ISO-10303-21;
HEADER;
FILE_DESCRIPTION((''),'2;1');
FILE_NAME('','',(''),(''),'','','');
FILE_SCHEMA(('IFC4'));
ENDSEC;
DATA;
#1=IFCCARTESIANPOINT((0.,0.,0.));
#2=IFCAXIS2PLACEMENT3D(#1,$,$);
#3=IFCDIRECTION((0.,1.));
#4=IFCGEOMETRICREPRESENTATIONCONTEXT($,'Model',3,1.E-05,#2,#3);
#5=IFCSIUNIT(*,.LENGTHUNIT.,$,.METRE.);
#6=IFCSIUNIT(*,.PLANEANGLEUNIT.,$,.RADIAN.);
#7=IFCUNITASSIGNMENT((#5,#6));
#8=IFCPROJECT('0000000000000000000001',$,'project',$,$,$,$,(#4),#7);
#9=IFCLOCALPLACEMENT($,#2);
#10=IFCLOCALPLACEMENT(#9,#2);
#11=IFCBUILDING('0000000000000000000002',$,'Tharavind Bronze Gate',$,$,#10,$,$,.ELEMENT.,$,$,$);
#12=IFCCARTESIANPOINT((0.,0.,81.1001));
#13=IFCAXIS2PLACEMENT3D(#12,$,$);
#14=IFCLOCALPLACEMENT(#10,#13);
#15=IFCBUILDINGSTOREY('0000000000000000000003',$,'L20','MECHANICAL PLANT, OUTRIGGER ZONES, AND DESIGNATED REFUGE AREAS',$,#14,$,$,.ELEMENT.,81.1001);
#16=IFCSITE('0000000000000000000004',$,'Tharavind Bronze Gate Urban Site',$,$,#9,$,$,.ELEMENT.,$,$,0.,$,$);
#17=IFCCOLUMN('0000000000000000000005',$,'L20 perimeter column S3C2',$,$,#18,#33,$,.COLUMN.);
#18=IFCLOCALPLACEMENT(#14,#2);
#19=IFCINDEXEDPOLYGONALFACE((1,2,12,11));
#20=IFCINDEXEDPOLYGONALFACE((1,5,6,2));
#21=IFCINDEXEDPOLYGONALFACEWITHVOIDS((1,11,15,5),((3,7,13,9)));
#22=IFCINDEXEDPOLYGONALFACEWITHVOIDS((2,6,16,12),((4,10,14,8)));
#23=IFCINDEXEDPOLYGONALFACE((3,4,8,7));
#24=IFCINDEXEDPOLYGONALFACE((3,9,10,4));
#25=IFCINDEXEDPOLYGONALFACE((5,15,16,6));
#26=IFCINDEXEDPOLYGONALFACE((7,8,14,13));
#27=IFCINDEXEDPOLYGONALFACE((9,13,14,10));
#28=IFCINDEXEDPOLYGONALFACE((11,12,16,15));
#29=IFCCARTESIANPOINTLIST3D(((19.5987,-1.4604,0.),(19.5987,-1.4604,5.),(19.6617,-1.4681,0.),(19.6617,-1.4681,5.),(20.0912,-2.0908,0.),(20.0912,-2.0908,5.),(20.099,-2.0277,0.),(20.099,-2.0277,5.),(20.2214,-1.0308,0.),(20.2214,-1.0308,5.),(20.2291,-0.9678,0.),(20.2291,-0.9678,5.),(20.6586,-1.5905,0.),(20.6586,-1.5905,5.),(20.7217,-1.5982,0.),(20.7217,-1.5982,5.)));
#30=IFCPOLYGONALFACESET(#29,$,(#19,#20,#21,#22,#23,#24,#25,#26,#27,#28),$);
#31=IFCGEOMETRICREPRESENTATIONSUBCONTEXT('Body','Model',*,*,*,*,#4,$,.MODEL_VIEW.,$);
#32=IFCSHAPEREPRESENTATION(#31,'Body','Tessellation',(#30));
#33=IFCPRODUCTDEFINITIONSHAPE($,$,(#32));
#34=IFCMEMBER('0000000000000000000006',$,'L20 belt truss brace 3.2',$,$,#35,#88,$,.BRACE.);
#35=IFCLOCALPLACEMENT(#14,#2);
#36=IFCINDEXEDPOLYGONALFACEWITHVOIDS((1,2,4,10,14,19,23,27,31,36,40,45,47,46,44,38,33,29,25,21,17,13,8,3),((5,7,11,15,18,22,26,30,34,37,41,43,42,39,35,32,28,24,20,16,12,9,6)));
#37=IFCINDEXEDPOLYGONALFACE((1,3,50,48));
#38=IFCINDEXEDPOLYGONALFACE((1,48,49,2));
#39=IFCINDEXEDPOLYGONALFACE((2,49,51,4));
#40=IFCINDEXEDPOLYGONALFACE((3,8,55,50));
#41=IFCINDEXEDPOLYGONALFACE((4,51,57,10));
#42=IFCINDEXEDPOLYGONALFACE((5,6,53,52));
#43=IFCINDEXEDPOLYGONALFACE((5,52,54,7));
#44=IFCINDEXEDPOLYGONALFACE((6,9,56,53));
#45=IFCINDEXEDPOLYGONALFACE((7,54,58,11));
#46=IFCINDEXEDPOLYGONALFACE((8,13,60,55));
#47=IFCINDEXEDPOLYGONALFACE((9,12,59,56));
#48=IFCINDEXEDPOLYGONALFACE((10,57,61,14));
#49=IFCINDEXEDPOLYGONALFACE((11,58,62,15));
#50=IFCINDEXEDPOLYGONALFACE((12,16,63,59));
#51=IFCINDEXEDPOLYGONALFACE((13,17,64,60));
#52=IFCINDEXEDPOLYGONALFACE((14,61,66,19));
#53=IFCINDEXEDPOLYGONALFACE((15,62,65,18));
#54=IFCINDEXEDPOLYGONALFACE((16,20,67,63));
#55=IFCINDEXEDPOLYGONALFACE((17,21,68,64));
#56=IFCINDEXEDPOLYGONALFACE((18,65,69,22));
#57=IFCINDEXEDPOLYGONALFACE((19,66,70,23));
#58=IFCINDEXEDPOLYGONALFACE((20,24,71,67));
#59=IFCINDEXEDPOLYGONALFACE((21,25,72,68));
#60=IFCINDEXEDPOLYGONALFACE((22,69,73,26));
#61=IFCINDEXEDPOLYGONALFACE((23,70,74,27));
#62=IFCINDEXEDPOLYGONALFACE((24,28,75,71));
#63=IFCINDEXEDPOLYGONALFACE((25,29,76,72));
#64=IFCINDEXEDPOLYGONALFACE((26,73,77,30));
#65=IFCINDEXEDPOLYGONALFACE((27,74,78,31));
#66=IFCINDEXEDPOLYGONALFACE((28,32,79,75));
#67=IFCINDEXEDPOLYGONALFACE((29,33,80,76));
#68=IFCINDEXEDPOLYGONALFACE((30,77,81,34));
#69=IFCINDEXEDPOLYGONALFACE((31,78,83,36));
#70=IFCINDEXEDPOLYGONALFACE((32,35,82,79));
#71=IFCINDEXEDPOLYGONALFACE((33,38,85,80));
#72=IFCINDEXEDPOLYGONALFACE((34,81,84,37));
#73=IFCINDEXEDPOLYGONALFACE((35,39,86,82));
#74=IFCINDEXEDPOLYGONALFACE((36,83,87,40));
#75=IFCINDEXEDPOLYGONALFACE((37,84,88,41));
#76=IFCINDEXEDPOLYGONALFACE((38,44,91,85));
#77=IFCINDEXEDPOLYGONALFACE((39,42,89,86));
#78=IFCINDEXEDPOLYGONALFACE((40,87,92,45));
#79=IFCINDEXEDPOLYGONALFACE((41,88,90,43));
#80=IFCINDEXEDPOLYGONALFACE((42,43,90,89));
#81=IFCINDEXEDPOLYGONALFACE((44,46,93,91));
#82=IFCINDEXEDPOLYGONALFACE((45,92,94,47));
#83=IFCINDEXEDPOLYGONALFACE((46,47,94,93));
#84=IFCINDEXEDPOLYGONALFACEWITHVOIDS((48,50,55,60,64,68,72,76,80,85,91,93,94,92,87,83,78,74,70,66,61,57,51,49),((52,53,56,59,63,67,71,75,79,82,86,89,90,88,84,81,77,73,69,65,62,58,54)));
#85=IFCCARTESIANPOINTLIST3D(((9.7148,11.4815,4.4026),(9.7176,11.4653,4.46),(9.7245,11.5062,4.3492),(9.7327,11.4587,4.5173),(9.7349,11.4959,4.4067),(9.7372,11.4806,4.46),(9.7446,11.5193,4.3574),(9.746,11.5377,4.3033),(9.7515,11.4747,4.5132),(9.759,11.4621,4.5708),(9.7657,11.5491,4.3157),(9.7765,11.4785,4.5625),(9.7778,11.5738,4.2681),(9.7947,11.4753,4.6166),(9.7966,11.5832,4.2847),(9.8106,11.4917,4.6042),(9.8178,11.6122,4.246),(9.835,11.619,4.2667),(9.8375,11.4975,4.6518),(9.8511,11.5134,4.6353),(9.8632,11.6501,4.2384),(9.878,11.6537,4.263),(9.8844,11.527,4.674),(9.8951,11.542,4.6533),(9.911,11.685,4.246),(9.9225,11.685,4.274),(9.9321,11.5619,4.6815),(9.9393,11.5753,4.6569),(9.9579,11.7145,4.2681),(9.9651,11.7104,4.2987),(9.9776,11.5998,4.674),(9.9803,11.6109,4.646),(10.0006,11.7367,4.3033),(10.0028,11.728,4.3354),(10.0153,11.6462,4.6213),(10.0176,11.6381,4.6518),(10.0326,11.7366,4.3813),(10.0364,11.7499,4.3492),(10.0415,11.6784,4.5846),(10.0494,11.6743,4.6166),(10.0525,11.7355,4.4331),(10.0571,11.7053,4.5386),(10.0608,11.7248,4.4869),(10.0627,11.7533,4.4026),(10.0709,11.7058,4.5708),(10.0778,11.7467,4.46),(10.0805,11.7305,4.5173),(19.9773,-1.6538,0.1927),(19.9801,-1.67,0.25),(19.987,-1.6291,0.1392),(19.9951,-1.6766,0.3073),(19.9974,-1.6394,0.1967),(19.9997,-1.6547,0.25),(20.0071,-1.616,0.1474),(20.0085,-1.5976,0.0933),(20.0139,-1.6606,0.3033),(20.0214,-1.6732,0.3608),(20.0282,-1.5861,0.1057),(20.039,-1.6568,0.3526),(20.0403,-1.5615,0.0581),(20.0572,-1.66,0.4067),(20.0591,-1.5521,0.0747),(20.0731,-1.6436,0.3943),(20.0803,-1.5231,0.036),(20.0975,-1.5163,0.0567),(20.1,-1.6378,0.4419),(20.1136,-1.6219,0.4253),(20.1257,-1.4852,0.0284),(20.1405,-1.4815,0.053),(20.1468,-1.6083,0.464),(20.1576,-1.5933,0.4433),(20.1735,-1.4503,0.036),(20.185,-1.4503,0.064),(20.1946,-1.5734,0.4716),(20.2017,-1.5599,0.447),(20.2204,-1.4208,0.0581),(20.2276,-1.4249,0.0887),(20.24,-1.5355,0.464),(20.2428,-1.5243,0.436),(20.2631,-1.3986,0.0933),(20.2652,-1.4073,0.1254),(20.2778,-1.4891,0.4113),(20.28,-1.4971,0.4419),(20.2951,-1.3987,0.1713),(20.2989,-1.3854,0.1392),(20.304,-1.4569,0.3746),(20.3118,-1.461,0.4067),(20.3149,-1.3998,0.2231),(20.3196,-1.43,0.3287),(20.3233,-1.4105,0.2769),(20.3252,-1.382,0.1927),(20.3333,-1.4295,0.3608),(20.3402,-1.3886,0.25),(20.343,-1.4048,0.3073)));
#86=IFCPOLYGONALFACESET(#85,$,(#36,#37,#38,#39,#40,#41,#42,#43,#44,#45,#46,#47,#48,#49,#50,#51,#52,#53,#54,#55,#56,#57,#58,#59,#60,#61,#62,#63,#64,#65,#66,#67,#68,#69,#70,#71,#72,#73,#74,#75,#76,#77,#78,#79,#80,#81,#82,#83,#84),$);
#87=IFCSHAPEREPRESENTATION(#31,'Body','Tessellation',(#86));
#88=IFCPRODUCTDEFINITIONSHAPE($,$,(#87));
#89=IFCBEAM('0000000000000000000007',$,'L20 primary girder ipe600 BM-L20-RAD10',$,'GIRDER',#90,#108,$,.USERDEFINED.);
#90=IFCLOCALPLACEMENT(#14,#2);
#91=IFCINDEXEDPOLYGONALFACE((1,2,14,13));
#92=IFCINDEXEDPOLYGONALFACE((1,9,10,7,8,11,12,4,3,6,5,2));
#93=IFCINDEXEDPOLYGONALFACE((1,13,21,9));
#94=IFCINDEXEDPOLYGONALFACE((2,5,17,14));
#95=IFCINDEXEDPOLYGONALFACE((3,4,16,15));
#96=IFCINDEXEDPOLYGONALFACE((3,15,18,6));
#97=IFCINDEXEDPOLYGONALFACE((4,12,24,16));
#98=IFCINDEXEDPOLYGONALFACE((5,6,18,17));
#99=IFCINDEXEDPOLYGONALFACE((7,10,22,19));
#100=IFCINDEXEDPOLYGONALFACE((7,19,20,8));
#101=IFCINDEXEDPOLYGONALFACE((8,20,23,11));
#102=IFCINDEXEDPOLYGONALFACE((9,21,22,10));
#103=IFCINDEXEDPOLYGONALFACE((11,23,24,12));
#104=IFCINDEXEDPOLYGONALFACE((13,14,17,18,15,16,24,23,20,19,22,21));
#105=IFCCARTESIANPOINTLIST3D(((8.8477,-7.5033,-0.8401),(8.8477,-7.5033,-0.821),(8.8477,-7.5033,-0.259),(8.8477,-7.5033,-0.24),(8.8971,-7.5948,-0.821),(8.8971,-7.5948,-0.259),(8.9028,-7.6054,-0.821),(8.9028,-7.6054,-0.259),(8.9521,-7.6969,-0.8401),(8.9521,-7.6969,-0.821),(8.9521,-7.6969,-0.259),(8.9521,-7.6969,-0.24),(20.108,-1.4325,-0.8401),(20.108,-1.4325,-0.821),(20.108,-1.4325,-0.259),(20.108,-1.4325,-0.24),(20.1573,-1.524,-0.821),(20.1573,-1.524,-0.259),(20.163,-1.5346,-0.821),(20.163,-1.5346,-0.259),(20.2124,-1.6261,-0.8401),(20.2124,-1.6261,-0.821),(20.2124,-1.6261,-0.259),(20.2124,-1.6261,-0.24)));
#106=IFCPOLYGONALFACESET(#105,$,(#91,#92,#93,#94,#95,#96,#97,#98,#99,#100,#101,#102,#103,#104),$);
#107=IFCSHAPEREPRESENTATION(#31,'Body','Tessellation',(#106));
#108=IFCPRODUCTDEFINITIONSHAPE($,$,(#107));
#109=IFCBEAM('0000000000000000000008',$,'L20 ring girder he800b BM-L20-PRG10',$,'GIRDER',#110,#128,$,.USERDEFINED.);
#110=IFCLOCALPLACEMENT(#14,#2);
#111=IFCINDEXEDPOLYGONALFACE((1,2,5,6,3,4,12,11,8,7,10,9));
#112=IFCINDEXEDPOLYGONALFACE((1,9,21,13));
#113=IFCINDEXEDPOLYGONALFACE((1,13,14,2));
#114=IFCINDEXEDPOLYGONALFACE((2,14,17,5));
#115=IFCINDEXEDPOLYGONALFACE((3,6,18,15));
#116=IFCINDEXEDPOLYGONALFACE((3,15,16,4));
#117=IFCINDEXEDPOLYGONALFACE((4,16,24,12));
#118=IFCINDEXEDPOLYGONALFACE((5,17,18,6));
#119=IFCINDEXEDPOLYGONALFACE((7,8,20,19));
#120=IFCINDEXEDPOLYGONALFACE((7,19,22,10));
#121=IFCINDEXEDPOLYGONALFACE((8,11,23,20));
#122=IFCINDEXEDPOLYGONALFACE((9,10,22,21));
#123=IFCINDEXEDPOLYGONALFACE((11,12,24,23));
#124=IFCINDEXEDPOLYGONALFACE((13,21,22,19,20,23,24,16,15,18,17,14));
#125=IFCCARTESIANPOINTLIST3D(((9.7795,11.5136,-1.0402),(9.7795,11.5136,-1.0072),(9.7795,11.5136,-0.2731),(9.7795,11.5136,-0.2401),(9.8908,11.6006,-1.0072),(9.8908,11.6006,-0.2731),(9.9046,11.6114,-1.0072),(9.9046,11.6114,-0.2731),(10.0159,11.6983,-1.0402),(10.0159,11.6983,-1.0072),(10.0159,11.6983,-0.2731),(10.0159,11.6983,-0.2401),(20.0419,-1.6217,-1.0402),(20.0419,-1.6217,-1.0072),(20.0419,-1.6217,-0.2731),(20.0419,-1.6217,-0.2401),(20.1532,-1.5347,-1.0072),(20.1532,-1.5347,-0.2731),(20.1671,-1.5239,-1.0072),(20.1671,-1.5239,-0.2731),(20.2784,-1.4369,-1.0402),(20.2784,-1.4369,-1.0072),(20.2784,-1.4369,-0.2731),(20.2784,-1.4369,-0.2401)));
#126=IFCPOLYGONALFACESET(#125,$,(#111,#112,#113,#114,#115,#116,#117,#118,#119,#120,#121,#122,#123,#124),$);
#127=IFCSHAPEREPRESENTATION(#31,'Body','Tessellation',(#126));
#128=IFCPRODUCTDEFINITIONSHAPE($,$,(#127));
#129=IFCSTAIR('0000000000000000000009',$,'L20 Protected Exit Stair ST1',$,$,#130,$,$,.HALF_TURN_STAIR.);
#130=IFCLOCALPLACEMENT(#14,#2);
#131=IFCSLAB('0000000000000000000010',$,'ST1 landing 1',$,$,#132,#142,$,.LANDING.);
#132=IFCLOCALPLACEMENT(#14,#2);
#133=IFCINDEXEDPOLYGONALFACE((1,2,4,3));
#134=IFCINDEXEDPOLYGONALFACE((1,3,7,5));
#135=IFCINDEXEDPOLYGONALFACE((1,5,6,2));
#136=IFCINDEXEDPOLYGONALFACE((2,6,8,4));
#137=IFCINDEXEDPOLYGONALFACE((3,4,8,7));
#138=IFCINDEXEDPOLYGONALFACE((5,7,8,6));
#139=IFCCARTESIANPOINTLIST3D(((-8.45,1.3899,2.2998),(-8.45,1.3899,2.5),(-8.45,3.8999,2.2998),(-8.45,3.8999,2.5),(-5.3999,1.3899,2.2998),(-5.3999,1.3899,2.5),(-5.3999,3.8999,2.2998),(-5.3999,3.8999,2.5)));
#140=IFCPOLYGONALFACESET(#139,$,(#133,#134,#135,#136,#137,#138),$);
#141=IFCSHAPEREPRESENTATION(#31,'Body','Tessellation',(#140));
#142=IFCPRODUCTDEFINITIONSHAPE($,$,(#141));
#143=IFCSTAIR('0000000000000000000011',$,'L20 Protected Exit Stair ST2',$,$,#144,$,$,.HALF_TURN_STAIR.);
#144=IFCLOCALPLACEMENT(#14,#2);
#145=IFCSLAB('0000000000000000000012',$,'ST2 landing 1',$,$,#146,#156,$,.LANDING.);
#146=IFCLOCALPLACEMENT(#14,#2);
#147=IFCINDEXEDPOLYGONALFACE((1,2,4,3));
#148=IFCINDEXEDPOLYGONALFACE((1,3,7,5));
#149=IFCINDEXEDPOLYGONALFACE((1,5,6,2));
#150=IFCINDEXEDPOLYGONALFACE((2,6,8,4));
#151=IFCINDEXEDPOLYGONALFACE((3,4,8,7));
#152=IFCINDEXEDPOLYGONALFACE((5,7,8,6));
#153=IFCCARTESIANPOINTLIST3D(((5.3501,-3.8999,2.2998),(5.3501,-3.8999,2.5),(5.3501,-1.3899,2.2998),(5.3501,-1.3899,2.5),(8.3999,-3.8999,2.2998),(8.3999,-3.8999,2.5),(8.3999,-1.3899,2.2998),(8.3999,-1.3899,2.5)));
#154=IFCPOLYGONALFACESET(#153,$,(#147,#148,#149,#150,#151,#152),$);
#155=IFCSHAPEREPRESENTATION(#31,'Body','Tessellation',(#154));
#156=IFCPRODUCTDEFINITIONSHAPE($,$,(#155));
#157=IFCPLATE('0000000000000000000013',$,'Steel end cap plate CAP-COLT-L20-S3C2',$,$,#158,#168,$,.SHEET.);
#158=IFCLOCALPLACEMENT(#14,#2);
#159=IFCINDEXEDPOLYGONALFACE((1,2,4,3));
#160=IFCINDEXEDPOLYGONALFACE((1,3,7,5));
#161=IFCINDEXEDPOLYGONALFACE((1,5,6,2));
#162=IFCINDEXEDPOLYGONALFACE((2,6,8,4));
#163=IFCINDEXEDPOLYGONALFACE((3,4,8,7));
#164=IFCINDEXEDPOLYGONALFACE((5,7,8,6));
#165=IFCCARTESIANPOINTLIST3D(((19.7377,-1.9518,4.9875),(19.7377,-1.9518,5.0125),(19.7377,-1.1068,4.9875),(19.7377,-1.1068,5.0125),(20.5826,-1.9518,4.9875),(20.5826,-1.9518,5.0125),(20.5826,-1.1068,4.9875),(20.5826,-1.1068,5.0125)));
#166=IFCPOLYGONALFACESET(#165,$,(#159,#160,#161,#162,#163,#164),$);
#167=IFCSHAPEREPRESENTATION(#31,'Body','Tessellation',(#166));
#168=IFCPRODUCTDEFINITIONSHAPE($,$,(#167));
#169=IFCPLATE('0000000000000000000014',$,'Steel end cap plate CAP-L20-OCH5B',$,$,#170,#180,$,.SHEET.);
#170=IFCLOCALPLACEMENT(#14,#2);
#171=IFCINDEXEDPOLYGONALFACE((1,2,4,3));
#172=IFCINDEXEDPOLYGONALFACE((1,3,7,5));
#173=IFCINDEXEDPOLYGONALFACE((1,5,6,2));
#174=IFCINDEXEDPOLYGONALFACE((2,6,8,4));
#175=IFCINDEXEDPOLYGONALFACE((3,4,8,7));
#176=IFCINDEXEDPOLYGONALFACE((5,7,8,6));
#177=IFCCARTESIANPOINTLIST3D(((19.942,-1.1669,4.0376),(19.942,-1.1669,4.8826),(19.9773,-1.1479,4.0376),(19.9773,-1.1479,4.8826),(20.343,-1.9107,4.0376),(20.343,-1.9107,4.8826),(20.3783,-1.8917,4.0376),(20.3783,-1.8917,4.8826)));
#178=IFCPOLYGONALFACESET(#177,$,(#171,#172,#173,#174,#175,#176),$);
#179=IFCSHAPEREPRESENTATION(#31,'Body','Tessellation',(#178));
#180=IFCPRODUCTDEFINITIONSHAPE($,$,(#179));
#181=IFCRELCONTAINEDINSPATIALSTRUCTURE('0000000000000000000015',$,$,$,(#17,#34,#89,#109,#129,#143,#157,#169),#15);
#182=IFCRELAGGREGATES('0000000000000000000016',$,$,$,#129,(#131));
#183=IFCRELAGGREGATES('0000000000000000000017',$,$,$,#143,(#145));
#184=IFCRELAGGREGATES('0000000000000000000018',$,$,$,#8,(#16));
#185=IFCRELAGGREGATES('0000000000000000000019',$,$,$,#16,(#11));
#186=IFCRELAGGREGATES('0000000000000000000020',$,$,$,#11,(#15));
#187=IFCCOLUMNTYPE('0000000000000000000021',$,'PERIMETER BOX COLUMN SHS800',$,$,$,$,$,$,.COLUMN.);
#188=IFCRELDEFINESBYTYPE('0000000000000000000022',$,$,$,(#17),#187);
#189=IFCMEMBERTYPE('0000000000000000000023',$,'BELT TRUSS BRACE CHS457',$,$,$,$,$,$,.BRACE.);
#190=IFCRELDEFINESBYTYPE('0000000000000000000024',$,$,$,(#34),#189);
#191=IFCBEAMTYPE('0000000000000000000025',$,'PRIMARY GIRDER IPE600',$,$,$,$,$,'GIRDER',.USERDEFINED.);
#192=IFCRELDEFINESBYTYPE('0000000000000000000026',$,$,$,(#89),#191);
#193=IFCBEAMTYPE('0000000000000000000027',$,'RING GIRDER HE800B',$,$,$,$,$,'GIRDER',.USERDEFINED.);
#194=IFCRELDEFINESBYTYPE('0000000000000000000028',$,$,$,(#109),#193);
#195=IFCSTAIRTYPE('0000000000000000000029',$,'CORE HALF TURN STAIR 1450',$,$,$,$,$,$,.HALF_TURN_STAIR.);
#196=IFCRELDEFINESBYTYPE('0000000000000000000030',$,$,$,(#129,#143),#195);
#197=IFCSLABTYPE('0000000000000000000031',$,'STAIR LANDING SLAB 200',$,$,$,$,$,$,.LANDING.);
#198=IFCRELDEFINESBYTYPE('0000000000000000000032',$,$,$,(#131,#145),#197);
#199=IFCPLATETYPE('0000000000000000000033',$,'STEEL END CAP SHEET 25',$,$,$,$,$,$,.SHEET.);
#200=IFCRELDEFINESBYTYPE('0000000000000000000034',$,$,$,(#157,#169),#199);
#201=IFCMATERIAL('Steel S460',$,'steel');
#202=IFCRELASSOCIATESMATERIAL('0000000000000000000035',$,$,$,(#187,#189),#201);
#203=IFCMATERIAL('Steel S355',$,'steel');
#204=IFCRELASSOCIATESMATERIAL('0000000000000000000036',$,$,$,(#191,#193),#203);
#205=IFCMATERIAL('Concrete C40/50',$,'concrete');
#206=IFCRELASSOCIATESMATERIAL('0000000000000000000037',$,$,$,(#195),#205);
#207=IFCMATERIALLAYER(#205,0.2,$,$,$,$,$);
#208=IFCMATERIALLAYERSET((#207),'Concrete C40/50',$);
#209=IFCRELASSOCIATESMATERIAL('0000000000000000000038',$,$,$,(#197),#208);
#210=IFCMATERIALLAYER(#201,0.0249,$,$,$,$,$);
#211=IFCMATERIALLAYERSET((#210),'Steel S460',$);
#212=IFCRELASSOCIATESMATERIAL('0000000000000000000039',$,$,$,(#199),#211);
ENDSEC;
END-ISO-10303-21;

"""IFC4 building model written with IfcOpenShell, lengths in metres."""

from ifc_helpers import new_model, si_unit, direction, frame, origin, origin_2d, place, context, subcontext, project, spatial, polyline, rectangle, hollow_rectangle, hollow_circle, i_section, outline, extrude, material, layer, layer_set, material_profile, profile_set, type_object, element, aggregate, save


model = new_model("IFC4")

# Units and contexts
model_context = context("Model", 3, precision=1e-05, world=origin(), true_north=direction((0.0, 1.0)))
body_context = subcontext(model_context, "Body", "Model", "MODEL_VIEW")
ifc_project = project(units=[si_unit("LENGTHUNIT", "METRE"), si_unit("PLANEANGLEUNIT", "RADIAN")], contexts=[model_context])

# Site, building, storey
site_placement = place(None, origin())
site = spatial("IfcSite", under=ifc_project, at=site_placement, Name="Tharavind Bronze Gate Urban Site", CompositionType="ELEMENT", RefElevation=0.0)
building_placement = place(site_placement, origin())
building = spatial("IfcBuilding", under=site, at=building_placement, Name="Tharavind Bronze Gate", CompositionType="ELEMENT")
storey_placement = place(building_placement, frame((0.0, 0.0, 81.1001)))
storey = spatial("IfcBuildingStorey", under=building, at=storey_placement, Name="L20", Description="MECHANICAL PLANT, OUTRIGGER ZONES, AND DESIGNATED REFUGE AREAS", CompositionType="ELEMENT", Elevation=81.1001)

# Column
ifc_material_1 = material(Name="Steel S460", Category="steel")
ifc_material_profile_1 = material_profile(ifc_material_1, hollow_rectangle(XDim=0.8, YDim=0.8, WallThickness=0.0449, at=origin_2d()), Name="SHS800X45")
ifc_profile_set_1 = profile_set([ifc_material_profile_1], Name="Steel S460")
column_type = type_object("IfcColumnType", Name="PERIMETER BOX COLUMN SHS800", PredefinedType="COLUMN", material=ifc_profile_set_1)
column_placement = place(storey_placement, frame((20.1602, -1.5293, 0.0), z_axis=(0.0, 0.0, 1.0), x_axis=(-0.615661, 0.788011, 0.0)))
element("IfcColumn", 1, at=column_placement, inside=storey, type_object=column_type, Name="L20 perimeter column S3C2", PredefinedType="COLUMN", context=body_context, shape_type="SweptSolid", body=[
    extrude(hollow_rectangle(XDim=0.8, YDim=0.8, WallThickness=0.0449, at=origin_2d()), origin(), (0.0, 0.0, 1.0), 5.0),
])

# Member
ifc_material_profile_2 = material_profile(ifc_material_1, hollow_circle(Radius=0.2285, WallThickness=0.0249, at=origin_2d()), Name="CHS457X25")
ifc_profile_set_2 = profile_set([ifc_material_profile_2], Name="Steel S460")
member_type = type_object("IfcMemberType", Name="BELT TRUSS BRACE CHS457", PredefinedType="BRACE", material=ifc_profile_set_2)
member_placement = place(storey_placement, frame((20.1602, -1.5293, 0.25), z_axis=(-0.59692, 0.764018, 0.244874), x_axis=(-0.788009, -0.615664, 0.0)))
element("IfcMember", 2, at=member_placement, inside=storey, type_object=member_type, Name="L20 belt truss brace 3.2", PredefinedType="BRACE", context=body_context, shape_type="SweptSolid", body=[
    extrude(hollow_circle(Radius=0.2285, WallThickness=0.0249, at=origin_2d()), origin(), (0.0, 0.0, 1.0), 17.1924),
])

# Beams
ifc_material_2 = material(Name="Steel S355", Category="steel")
ifc_material_profile_3 = material_profile(ifc_material_2, i_section(OverallWidth=0.22, OverallDepth=0.6001, WebThickness=0.012, FlangeThickness=0.019, at=origin_2d()), Name="IPE600")
ifc_profile_set_3 = profile_set([ifc_material_profile_3], Name="Steel S355")
beam_type_1 = type_object("IfcBeamType", Name="PRIMARY GIRDER IPE600", ElementType="GIRDER", PredefinedType="USERDEFINED", material=ifc_profile_set_3)
beam_1_placement = place(storey_placement, frame((20.1602, -1.5293, -0.54), z_axis=(-0.880223, -0.47456, 0.0), x_axis=(0.47456, -0.880223, 0.0)))
element("IfcBeam", 3, at=beam_1_placement, inside=storey, type_object=beam_type_1, Name="L20 primary girder ipe600 BM-L20-RAD10", ObjectType="GIRDER", PredefinedType="USERDEFINED", context=body_context, shape_type="SweptSolid", body=[
    extrude(i_section(OverallWidth=0.22, OverallDepth=0.6001, WebThickness=0.012, FlangeThickness=0.019, at=origin_2d()), origin(), (0.0, 0.0, 1.0), 12.7925),
])
ifc_material_profile_4 = material_profile(ifc_material_2, i_section(OverallWidth=0.3, OverallDepth=0.8, WebThickness=0.0176, FlangeThickness=0.033, at=origin_2d()), Name="HE800B")
ifc_profile_set_4 = profile_set([ifc_material_profile_4], Name="Steel S355")
beam_type_2 = type_object("IfcBeamType", Name="RING GIRDER HE800B", ElementType="GIRDER", PredefinedType="USERDEFINED", material=ifc_profile_set_4)
beam_2_placement = place(storey_placement, frame((20.1602, -1.5293, -0.6401), z_axis=(-0.615664, 0.788009, 0.0), x_axis=(-0.788009, -0.615664, 0.0)))
element("IfcBeam", 4, at=beam_2_placement, inside=storey, type_object=beam_type_2, Name="L20 ring girder he800b BM-L20-PRG10", ObjectType="GIRDER", PredefinedType="USERDEFINED", context=body_context, shape_type="SweptSolid", body=[
    extrude(i_section(OverallWidth=0.3, OverallDepth=0.8, WebThickness=0.0176, FlangeThickness=0.033, at=origin_2d()), origin(), (0.0, 0.0, 1.0), 16.6689),
])

# Stairs, slabs
ifc_material_3 = material(Name="Concrete C40/50", Category="concrete")
stair_type = type_object("IfcStairType", Name="CORE HALF TURN STAIR 1450", PredefinedType="HALF_TURN_STAIR", material=ifc_material_3)
stair_1_placement = place(storey_placement, origin())
stair_1 = element("IfcStair", 5, at=stair_1_placement, inside=storey, type_object=stair_type, Name="L20 Protected Exit Stair ST1", PredefinedType="HALF_TURN_STAIR")
ifc_layer_1 = layer(ifc_material_3, 0.2)
ifc_layer_set_1 = layer_set([ifc_layer_1], Name="Concrete C40/50")
slab_type_1 = type_object("IfcSlabType", Name="STAIR LANDING SLAB 200", PredefinedType="LANDING", material=ifc_layer_set_1)
slab_1_placement = place(storey_placement, frame((0.0, 0.0, 2.2998)))
slab_1 = element("IfcSlab", 6, at=slab_1_placement, type_object=slab_type_1, Name="ST1 landing 1", PredefinedType="LANDING", context=body_context, shape_type="SweptSolid", body=[
    extrude(outline(polyline([(-5.3999, 1.3899), (-5.3999, 3.8999), (-8.45, 3.8999), (-8.45, 1.3899), (-5.3999, 1.3899)])), origin(), (0.0, 0.0, 1.0), 0.2002),
])
aggregate(stair_1, [slab_1])
stair_2_placement = place(storey_placement, origin())
stair_2 = element("IfcStair", 7, at=stair_2_placement, inside=storey, type_object=stair_type, Name="L20 Protected Exit Stair ST2", PredefinedType="HALF_TURN_STAIR")
slab_2_placement = place(storey_placement, frame((0.0, 0.0, 2.2998)))
slab_2 = element("IfcSlab", 8, at=slab_2_placement, type_object=slab_type_1, Name="ST2 landing 1", PredefinedType="LANDING", context=body_context, shape_type="SweptSolid", body=[
    extrude(outline(polyline([(5.3501, -1.3899), (5.3501, -3.8999), (8.3999, -3.8999), (8.3999, -1.3899), (5.3501, -1.3899)])), origin(), (0.0, 0.0, 1.0), 0.2002),
])

# Plates
ifc_layer_2 = layer(ifc_material_1, 0.0249)
ifc_layer_set_2 = layer_set([ifc_layer_2], Name="Steel S460")
plate_type = type_object("IfcPlateType", Name="STEEL END CAP SHEET 25", PredefinedType="SHEET", material=ifc_layer_set_2)
plate_1_placement = place(storey_placement, frame((20.1602, -1.5293, 4.9875), z_axis=(0.0, 0.0, 1.0), x_axis=(1.0, 0.0, 0.0)))
element("IfcPlate", 9, at=plate_1_placement, inside=storey, type_object=plate_type, Name="Steel end cap plate CAP-COLT-L20-S3C2", PredefinedType="SHEET", context=body_context, shape_type="SweptSolid", body=[
    extrude(rectangle(XDim=0.845, YDim=0.845, at=origin_2d()), origin(), (0.0, 0.0, 1.0), 0.0249),
])
plate_2_placement = place(storey_placement, frame((20.1602, -1.5293, 4.0376), z_axis=(0.0, 0.0, 1.0), x_axis=(0.880229, 0.474549, 0.0)))
element("IfcPlate", 10, at=plate_2_placement, inside=storey, type_object=plate_type, Name="Steel end cap plate CAP-L20-OCH5B", PredefinedType="SHEET", context=body_context, shape_type="SweptSolid", body=[
    extrude(rectangle(XDim=0.04, YDim=0.845, at=origin_2d()), origin(), (0.0, 0.0, 1.0), 0.845),
])

aggregate(stair_2, [slab_2])

save(model, "model.ifc")
